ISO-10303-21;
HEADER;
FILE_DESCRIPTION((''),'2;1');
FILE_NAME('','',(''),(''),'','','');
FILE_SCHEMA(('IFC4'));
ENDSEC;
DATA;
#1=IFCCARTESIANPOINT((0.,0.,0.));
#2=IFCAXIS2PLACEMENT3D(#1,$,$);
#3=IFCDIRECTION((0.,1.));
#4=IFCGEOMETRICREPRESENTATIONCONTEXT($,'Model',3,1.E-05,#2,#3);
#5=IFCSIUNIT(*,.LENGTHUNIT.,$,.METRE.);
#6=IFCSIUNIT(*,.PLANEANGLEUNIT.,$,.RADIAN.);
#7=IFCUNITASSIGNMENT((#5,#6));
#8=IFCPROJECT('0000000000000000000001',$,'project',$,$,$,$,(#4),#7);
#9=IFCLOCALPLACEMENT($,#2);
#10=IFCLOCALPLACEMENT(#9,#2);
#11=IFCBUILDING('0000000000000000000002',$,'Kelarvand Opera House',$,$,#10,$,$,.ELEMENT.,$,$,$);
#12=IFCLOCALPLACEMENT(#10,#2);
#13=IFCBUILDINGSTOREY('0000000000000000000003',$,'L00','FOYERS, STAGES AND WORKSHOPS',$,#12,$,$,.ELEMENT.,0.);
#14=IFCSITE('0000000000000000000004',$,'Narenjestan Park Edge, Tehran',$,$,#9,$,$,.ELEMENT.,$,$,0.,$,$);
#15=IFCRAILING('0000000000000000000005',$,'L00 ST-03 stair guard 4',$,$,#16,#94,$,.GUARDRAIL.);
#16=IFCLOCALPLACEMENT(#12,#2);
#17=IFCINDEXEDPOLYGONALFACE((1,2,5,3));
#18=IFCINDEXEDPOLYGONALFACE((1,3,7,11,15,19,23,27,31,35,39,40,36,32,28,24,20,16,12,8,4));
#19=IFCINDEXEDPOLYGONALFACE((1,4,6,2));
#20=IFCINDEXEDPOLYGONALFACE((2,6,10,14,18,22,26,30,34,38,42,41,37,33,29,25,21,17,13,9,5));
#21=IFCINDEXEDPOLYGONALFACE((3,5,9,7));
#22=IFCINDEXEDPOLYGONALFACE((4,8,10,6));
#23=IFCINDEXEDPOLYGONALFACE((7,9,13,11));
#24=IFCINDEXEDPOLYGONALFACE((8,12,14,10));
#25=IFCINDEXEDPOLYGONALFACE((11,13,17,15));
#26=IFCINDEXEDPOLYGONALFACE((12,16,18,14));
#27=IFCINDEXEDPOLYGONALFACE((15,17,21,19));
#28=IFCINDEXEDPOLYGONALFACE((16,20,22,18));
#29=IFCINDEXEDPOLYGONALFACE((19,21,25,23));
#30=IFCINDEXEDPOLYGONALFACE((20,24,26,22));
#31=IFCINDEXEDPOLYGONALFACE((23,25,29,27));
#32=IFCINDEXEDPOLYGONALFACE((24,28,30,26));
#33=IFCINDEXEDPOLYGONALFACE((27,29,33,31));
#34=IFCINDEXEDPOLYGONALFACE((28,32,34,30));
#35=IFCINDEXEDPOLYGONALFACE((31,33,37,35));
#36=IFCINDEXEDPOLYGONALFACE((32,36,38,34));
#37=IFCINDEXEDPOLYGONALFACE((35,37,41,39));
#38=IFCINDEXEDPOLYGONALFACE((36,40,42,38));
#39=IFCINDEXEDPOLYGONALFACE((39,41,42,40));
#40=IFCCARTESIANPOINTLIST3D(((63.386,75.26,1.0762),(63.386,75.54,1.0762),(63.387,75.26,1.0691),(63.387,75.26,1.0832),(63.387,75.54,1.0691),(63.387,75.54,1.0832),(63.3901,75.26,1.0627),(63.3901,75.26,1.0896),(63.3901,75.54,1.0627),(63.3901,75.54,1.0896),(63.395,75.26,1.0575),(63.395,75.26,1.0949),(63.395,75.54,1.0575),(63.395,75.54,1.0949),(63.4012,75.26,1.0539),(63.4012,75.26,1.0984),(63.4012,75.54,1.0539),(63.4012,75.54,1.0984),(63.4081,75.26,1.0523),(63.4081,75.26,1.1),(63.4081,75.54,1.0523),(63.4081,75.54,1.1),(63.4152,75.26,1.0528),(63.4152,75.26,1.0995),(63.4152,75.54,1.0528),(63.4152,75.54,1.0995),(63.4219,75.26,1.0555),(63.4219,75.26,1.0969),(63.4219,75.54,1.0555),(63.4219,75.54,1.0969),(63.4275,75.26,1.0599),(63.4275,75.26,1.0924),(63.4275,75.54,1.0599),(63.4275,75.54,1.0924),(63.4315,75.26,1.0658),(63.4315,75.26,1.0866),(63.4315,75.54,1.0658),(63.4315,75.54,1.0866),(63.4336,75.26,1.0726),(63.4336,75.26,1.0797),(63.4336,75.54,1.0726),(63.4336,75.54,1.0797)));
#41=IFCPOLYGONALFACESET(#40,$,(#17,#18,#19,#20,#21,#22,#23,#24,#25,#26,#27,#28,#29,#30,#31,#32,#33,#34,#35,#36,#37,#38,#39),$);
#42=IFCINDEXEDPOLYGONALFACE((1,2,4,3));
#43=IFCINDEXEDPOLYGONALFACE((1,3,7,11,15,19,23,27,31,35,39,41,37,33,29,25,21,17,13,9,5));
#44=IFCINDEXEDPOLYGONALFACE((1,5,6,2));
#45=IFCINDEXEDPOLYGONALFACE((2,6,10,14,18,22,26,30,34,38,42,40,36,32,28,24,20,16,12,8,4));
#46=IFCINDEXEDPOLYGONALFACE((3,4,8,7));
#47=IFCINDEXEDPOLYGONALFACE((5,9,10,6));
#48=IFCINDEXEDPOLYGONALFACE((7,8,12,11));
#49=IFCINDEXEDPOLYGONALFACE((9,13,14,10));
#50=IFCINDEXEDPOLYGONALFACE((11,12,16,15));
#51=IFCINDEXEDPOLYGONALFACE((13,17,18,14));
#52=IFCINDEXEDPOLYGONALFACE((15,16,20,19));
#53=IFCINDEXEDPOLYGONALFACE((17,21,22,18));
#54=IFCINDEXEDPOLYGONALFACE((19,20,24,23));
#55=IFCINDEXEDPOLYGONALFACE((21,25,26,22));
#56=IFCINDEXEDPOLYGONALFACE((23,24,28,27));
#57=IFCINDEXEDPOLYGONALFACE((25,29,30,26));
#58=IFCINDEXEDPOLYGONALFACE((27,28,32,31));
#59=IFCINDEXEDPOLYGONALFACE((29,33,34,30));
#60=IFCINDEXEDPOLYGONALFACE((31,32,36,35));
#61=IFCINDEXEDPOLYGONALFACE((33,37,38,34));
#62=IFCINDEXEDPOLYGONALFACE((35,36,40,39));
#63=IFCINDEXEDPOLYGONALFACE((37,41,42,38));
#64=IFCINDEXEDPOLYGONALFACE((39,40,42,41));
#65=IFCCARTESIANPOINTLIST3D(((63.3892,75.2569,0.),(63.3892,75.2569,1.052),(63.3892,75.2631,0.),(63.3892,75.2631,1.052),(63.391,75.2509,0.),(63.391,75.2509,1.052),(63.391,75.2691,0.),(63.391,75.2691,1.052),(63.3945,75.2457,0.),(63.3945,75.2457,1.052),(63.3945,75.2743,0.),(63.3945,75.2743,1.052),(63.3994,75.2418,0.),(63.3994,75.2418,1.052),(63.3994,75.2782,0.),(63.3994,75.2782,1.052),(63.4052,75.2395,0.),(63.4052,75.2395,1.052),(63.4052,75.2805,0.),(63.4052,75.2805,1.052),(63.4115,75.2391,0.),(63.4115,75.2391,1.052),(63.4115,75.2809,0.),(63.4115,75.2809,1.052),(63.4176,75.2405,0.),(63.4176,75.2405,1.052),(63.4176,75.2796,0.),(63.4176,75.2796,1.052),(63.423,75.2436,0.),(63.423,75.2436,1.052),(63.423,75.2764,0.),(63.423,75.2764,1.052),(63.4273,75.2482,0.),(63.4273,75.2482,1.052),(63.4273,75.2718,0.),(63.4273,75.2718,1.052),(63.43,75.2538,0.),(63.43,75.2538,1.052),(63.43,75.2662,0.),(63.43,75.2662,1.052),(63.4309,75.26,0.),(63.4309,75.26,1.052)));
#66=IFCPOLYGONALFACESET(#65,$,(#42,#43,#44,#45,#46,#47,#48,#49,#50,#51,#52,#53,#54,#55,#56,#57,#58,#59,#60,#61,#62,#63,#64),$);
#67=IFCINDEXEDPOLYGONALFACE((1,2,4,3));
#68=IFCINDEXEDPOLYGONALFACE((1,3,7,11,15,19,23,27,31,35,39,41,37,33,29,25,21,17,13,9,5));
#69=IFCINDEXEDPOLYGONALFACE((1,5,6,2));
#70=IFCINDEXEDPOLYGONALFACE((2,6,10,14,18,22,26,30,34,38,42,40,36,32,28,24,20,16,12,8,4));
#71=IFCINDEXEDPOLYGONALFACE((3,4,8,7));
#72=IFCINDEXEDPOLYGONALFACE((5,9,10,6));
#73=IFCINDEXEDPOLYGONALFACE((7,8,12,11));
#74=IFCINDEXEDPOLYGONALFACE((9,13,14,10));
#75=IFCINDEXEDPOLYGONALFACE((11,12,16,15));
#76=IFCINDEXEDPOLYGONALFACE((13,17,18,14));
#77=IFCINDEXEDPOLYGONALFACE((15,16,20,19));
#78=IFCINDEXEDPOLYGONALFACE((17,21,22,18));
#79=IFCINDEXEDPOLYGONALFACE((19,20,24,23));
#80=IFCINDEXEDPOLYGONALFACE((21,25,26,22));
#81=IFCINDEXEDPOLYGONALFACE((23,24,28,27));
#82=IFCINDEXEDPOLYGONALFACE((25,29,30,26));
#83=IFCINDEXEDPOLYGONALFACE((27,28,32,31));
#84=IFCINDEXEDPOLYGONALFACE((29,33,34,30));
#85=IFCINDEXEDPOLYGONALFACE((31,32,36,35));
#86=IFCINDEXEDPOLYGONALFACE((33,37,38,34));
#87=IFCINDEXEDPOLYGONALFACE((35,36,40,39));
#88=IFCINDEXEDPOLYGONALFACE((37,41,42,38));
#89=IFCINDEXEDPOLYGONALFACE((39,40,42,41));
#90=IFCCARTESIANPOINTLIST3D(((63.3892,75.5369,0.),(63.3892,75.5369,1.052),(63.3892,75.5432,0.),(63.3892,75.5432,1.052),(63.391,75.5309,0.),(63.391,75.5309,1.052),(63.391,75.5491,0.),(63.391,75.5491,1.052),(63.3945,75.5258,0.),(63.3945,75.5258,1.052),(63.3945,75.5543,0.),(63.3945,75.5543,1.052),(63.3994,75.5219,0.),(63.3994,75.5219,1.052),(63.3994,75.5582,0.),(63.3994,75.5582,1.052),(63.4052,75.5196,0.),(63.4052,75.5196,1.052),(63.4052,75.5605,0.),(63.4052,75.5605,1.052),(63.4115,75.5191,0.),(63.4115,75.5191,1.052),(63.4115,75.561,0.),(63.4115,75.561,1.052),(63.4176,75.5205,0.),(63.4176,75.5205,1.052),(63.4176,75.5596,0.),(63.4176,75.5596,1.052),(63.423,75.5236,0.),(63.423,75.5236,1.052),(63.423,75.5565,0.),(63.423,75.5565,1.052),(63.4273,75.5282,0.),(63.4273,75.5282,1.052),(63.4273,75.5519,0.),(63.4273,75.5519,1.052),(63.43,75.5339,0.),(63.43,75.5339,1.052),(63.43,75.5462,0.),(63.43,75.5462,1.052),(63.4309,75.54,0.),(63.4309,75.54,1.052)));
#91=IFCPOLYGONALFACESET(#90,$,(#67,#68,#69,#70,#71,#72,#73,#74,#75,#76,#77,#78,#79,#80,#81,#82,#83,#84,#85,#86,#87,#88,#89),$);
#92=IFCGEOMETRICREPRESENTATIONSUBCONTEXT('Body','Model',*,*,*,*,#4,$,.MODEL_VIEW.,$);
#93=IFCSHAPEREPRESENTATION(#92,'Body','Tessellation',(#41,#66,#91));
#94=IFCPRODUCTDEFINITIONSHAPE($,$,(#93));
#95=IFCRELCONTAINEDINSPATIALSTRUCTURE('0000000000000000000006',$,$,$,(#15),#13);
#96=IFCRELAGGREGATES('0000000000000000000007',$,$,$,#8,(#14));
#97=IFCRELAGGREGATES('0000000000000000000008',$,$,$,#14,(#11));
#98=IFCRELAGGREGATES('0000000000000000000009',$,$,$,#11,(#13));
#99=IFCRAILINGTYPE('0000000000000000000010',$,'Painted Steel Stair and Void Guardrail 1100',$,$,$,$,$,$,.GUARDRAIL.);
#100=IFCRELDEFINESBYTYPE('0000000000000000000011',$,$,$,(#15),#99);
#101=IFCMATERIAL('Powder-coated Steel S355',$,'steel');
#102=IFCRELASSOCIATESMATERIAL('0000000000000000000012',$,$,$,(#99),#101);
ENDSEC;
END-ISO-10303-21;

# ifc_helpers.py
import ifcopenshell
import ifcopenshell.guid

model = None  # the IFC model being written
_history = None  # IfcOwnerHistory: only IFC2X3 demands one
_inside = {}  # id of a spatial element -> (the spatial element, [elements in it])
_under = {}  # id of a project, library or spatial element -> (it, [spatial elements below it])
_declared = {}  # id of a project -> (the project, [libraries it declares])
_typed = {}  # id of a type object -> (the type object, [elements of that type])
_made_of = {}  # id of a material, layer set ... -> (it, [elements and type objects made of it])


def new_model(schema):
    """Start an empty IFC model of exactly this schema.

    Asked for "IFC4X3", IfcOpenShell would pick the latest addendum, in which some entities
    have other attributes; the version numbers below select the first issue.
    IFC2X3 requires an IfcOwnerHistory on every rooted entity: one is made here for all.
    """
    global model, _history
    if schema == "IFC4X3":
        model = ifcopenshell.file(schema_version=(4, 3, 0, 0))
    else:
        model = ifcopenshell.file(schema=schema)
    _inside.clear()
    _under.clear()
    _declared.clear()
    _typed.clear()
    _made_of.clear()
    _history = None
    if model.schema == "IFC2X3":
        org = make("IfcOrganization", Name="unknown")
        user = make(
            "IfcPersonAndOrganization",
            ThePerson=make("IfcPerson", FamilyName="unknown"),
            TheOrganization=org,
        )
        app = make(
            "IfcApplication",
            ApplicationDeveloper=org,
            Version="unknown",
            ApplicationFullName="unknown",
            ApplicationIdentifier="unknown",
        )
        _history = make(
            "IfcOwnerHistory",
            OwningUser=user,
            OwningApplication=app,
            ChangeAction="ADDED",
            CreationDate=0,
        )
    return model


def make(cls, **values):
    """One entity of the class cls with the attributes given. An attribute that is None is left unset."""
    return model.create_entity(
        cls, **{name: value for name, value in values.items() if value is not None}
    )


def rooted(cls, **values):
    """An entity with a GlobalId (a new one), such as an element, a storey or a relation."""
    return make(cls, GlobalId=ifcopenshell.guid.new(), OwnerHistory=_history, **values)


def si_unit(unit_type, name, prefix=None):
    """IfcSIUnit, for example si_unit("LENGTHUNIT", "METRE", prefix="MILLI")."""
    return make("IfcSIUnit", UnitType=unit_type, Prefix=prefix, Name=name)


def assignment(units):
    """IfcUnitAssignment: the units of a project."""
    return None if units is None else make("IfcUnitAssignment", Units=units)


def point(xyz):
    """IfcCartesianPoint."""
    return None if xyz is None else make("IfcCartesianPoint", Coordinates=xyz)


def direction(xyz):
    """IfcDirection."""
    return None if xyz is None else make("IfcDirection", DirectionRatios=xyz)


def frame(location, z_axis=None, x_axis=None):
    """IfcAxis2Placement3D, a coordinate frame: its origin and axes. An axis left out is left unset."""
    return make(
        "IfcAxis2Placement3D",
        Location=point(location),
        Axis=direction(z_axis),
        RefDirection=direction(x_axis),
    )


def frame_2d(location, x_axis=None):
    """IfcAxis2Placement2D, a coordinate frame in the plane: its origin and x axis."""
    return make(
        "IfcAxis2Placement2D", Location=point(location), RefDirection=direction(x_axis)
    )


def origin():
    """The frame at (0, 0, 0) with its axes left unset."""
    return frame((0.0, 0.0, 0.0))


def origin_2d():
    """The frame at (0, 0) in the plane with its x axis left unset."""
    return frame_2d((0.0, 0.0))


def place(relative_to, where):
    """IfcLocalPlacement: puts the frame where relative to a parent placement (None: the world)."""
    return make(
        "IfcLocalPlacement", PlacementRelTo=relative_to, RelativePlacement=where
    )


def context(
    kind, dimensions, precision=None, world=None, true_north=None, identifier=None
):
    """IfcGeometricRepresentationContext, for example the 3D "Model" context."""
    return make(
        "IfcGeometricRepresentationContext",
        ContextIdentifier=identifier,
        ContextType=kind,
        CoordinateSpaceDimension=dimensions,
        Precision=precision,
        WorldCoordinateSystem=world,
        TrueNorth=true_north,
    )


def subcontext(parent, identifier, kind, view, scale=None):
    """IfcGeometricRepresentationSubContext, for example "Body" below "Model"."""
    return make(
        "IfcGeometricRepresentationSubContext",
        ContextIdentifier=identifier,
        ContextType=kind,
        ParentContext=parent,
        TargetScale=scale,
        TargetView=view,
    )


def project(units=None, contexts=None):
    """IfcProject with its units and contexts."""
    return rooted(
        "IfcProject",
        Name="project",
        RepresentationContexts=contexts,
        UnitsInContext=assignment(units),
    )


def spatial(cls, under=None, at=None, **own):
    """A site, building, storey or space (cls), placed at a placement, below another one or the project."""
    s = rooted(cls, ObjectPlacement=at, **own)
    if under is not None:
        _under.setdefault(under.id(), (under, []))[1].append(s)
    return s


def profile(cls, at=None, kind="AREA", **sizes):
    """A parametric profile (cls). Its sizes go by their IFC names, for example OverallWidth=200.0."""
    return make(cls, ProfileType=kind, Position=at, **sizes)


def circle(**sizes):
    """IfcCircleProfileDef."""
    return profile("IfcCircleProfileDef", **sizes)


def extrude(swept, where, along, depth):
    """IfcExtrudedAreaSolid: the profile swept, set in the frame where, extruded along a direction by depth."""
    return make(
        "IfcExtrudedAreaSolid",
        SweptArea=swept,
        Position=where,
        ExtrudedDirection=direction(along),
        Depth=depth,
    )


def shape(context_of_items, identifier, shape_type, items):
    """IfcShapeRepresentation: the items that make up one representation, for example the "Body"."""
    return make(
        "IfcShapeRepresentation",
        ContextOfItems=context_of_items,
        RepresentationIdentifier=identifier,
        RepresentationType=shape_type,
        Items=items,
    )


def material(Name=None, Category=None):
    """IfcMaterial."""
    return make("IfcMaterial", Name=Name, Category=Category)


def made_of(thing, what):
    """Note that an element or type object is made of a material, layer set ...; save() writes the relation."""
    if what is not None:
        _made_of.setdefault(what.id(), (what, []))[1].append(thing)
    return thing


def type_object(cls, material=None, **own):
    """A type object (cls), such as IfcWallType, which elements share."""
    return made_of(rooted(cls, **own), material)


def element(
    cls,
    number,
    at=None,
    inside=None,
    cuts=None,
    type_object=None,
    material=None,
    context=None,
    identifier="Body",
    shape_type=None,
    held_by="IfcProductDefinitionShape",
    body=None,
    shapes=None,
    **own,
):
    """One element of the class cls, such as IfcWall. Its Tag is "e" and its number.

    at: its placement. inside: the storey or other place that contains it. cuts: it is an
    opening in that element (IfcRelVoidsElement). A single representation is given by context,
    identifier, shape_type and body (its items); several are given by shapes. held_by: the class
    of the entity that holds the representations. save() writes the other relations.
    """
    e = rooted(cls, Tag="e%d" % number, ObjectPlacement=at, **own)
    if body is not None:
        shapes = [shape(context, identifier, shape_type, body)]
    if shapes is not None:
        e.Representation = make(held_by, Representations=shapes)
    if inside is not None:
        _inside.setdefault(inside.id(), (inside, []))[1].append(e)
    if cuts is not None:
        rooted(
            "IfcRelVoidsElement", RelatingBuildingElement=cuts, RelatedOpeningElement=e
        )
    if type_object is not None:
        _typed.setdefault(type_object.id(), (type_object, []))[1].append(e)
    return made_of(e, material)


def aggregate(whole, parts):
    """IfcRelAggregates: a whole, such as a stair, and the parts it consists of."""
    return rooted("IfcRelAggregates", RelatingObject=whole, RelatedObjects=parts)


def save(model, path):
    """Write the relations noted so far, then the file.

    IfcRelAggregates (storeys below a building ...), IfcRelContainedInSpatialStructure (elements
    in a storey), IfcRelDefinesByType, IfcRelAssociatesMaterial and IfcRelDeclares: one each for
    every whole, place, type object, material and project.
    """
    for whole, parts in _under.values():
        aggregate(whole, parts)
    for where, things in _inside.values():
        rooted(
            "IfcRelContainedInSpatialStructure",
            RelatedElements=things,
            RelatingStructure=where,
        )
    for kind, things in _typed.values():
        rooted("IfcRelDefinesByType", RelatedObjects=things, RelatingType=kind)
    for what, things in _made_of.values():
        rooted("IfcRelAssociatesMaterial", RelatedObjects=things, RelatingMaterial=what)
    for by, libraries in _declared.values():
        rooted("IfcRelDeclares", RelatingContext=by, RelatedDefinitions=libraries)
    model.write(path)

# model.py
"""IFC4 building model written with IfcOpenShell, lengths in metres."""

from ifc_helpers import new_model, si_unit, direction, frame, origin, origin_2d, place, context, subcontext, project, spatial, circle, extrude, material, type_object, element, save


model = new_model("IFC4")

# Units and contexts
model_context = context("Model", 3, precision=1e-05, world=origin(), true_north=direction((0.0, 1.0)))
body_context = subcontext(model_context, "Body", "Model", "MODEL_VIEW")
ifc_project = project(units=[si_unit("LENGTHUNIT", "METRE"), si_unit("PLANEANGLEUNIT", "RADIAN")], contexts=[model_context])

# Site, building, storey
site_placement = place(None, origin())
site = spatial("IfcSite", under=ifc_project, at=site_placement, Name="Narenjestan Park Edge, Tehran", CompositionType="ELEMENT", RefElevation=0.0)
building_placement = place(site_placement, origin())
building = spatial("IfcBuilding", under=site, at=building_placement, Name="Kelarvand Opera House", CompositionType="ELEMENT")
storey_placement = place(building_placement, origin())
storey = spatial("IfcBuildingStorey", under=building, at=storey_placement, Name="L00", Description="FOYERS, STAGES AND WORKSHOPS", CompositionType="ELEMENT", Elevation=0.0)

# Railing
ifc_material_1 = material(Name="Powder-coated Steel S355", Category="steel")
railing_type_1 = type_object("IfcRailingType", Name="Painted Steel Stair and Void Guardrail 1100", PredefinedType="GUARDRAIL", material=ifc_material_1)
railing_1_placement = place(storey_placement, frame((63.4099, 75.26, 0.0)))
element("IfcRailing", 1, at=railing_1_placement, inside=storey, type_object=railing_type_1, Name="L00 ST-03 stair guard 4", PredefinedType="GUARDRAIL", context=body_context, shape_type="SweptSolid", body=[
    extrude(circle(Radius=0.0239, at=origin_2d()), frame((0.0, 0.0, 1.0762), z_axis=(0.0, 1.0, 0.0), x_axis=(-1.0, 0.0, 0.0)), (0.0, 0.0, 1.0), 0.28),
    extrude(circle(Radius=0.021, at=origin_2d()), origin(), (0.0, 0.0, 1.0), 1.052),
    extrude(circle(Radius=0.021, at=origin_2d()), frame((0.0, 0.28, 0.0)), (0.0, 0.0, 1.0), 1.052),
])

save(model, "model.ifc")
